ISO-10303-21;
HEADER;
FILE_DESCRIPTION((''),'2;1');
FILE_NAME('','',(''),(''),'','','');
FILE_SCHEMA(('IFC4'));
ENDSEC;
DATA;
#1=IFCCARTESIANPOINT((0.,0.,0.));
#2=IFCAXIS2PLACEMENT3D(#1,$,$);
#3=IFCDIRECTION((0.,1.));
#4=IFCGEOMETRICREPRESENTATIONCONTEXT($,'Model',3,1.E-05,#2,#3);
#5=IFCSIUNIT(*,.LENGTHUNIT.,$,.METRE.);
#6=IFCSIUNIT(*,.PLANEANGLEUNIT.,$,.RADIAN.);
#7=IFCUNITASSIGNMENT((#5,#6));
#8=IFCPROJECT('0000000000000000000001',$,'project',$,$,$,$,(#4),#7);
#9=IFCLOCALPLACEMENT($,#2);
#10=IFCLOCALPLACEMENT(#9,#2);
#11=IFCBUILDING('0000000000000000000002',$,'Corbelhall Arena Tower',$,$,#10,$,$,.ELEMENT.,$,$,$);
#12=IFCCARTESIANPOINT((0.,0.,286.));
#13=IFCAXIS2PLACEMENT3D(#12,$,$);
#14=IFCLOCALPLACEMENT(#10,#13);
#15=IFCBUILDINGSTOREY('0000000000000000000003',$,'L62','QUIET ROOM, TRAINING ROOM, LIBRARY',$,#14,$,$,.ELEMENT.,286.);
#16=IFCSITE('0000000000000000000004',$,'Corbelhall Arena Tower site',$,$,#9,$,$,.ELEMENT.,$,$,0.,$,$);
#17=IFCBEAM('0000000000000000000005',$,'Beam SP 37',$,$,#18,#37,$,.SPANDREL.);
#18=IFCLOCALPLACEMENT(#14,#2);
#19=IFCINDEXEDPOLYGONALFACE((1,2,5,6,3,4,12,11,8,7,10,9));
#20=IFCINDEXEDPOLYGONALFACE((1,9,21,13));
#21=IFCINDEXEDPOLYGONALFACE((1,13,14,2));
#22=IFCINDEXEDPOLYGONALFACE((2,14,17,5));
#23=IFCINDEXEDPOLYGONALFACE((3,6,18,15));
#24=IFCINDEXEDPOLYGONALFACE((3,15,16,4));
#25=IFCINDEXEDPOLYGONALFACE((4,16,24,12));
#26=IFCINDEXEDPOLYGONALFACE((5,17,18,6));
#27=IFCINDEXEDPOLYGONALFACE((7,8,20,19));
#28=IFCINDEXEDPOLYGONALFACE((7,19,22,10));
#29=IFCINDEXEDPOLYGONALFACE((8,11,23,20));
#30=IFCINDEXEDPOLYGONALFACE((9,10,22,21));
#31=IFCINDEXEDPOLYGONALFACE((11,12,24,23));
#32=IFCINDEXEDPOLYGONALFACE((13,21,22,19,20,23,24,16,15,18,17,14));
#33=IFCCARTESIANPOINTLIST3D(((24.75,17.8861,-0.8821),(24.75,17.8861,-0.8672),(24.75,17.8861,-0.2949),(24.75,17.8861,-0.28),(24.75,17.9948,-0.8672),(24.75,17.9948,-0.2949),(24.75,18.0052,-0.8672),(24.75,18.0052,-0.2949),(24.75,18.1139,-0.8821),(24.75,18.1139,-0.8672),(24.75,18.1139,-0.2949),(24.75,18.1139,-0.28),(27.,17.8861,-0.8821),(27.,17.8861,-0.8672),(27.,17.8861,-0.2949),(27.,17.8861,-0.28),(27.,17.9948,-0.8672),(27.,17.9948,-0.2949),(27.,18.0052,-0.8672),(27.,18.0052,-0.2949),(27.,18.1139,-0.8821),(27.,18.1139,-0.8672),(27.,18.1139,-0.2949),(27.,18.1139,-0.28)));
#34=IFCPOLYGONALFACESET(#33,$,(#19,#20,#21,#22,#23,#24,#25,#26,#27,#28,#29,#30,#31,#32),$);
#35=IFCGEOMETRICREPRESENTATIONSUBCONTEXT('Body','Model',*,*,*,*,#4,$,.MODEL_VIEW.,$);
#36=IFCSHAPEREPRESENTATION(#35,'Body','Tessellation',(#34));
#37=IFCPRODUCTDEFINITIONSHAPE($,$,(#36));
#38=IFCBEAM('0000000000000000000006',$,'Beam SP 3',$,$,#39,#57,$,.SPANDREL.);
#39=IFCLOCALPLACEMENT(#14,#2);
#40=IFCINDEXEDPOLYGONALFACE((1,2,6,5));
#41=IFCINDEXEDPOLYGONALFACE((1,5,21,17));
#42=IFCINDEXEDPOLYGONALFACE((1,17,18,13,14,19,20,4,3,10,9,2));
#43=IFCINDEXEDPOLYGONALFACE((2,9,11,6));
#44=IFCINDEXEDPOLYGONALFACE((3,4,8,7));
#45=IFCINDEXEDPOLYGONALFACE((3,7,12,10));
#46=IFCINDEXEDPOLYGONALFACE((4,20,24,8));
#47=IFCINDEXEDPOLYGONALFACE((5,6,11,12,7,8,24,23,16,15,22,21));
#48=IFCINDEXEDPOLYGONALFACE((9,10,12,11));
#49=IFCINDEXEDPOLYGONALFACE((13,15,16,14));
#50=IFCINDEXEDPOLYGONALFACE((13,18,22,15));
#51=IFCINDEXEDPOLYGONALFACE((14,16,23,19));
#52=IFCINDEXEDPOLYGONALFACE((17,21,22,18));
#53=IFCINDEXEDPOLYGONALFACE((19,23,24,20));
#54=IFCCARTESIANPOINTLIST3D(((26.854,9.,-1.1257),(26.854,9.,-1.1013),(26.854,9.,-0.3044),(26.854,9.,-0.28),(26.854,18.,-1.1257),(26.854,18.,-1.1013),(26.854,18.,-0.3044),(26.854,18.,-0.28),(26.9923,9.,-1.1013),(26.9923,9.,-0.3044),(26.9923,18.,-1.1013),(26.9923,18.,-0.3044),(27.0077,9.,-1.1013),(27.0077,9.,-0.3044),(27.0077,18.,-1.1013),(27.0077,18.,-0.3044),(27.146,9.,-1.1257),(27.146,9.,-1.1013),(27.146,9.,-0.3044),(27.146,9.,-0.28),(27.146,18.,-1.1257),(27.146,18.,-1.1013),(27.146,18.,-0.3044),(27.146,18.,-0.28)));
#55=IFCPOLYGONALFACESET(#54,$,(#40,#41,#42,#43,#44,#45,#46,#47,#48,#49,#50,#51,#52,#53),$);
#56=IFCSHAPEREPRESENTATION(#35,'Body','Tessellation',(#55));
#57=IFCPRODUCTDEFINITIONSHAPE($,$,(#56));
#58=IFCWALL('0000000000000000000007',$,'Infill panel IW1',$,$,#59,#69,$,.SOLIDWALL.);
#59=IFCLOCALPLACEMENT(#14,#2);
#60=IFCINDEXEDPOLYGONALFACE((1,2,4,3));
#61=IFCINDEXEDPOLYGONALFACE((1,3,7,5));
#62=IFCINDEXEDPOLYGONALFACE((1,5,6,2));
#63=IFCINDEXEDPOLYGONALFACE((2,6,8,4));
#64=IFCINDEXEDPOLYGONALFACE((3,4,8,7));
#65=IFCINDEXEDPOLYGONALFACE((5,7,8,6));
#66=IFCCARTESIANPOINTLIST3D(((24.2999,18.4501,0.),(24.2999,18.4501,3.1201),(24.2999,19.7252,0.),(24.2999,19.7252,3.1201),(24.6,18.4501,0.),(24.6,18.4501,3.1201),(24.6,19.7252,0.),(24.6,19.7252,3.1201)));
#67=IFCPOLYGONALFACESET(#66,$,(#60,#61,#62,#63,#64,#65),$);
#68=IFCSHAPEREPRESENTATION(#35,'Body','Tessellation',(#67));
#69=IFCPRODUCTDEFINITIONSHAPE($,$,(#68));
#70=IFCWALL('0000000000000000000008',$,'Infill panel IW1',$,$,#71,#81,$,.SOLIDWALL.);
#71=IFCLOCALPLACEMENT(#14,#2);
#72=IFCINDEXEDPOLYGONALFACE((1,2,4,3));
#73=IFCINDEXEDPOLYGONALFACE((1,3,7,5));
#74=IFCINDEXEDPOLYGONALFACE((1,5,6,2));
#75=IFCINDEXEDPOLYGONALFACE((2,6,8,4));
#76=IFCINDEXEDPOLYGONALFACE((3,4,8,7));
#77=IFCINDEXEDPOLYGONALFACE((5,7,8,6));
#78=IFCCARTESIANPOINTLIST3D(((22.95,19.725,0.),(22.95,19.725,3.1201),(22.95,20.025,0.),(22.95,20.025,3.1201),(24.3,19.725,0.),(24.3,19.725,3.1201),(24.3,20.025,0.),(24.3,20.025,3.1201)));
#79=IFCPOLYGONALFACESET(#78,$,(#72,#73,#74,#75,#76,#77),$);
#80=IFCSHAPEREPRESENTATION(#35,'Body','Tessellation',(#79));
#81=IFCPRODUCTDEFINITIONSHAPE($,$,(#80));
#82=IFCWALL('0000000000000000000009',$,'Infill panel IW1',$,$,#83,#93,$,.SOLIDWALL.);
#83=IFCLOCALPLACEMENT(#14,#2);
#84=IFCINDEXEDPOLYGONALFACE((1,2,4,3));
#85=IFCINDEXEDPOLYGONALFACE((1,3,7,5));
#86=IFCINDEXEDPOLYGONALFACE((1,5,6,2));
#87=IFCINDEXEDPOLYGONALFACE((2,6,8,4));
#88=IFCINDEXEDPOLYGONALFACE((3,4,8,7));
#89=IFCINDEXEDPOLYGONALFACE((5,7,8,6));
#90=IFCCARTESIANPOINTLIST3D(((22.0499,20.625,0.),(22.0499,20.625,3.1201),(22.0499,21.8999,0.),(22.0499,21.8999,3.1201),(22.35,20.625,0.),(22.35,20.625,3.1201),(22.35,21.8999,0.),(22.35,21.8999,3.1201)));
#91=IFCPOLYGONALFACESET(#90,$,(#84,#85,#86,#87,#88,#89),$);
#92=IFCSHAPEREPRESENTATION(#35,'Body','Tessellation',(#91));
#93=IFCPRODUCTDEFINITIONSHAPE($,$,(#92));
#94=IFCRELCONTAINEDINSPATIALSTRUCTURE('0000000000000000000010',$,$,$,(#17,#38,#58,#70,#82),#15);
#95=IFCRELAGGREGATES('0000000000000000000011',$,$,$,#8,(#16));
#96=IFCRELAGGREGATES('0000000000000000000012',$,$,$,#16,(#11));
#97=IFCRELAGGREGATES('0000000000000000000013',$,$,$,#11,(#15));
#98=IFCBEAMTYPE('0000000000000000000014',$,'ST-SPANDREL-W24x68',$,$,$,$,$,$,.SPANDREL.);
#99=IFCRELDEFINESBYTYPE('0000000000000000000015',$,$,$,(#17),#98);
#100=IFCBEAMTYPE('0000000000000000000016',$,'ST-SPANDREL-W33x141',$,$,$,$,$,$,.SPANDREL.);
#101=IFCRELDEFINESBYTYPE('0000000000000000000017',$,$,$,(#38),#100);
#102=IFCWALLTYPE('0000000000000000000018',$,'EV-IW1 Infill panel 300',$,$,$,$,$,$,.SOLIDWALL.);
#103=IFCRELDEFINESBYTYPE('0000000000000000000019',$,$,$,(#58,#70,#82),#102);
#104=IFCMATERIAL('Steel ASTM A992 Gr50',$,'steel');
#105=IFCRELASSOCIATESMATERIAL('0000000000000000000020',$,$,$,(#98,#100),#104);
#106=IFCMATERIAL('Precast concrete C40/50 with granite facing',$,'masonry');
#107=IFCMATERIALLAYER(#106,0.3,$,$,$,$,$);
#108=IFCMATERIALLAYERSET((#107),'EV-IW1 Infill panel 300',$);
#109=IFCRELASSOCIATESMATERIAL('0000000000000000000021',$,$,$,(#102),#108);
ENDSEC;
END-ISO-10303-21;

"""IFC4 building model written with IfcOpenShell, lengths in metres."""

from ifc_helpers import new_model, si_unit, direction, frame, frame_2d, origin, origin_2d, place, context, subcontext, project, spatial, rectangle, i_section, extrude, material, layer, layer_set, material_profile, profile_set, type_object, element, save


model = new_model("IFC4")

# Units and contexts
model_context = context("Model", 3, precision=1e-05, world=origin(), true_north=direction((0.0, 1.0)))
body_context = subcontext(model_context, "Body", "Model", "MODEL_VIEW")
ifc_project = project(units=[si_unit("LENGTHUNIT", "METRE"), si_unit("PLANEANGLEUNIT", "RADIAN")], contexts=[model_context])

# Site, building, storey
site_placement = place(None, origin())
site = spatial("IfcSite", under=ifc_project, at=site_placement, Name="Corbelhall Arena Tower site", CompositionType="ELEMENT", RefElevation=0.0)
building_placement = place(site_placement, origin())
building = spatial("IfcBuilding", under=site, at=building_placement, Name="Corbelhall Arena Tower", CompositionType="ELEMENT")
storey_placement = place(building_placement, frame((0.0, 0.0, 286.0)))
storey = spatial("IfcBuildingStorey", under=building, at=storey_placement, Name="L62", Description="QUIET ROOM, TRAINING ROOM, LIBRARY", CompositionType="ELEMENT", Elevation=286.0)

# Beams
ifc_material_1 = material(Name="Steel ASTM A992 Gr50", Category="steel")
ifc_material_profile_1 = material_profile(ifc_material_1, i_section(OverallWidth=0.2278, OverallDepth=0.6021, WebThickness=0.0105, FlangeThickness=0.0149, at=origin_2d()))
ifc_profile_set_1 = profile_set([ifc_material_profile_1], Name="Steel ASTM A992 Gr50")
beam_type_1 = type_object("IfcBeamType", Name="ST-SPANDREL-W24x68", PredefinedType="SPANDREL", material=ifc_profile_set_1)
beam_1_placement = place(storey_placement, frame((24.75, 18.0, -0.5811), z_axis=(1.0, 0.0, 0.0), x_axis=(0.0, 1.0, 0.0)))
element("IfcBeam", 1, at=beam_1_placement, inside=storey, type_object=beam_type_1, Name="Beam SP 37", PredefinedType="SPANDREL", context=body_context, shape_type="SweptSolid", body=[
    extrude(i_section(OverallWidth=0.2278, OverallDepth=0.6021, WebThickness=0.0105, FlangeThickness=0.0149, at=origin_2d()), origin(), (0.0, 0.0, 1.0), 2.25),
])
ifc_material_profile_2 = material_profile(ifc_material_1, i_section(OverallWidth=0.292, OverallDepth=0.8457, WebThickness=0.0154, FlangeThickness=0.0244, at=origin_2d()))
ifc_profile_set_2 = profile_set([ifc_material_profile_2], Name="Steel ASTM A992 Gr50")
beam_type_2 = type_object("IfcBeamType", Name="ST-SPANDREL-W33x141", PredefinedType="SPANDREL", material=ifc_profile_set_2)
beam_2_placement = place(storey_placement, frame((27.0, 18.0, -0.7029), z_axis=(0.0, -1.0, 0.0), x_axis=(1.0, 0.0, 0.0)))
element("IfcBeam", 2, at=beam_2_placement, inside=storey, type_object=beam_type_2, Name="Beam SP 3", PredefinedType="SPANDREL", context=body_context, shape_type="SweptSolid", body=[
    extrude(i_section(OverallWidth=0.292, OverallDepth=0.8457, WebThickness=0.0154, FlangeThickness=0.0244, at=origin_2d()), origin(), (0.0, 0.0, 1.0), 9.0),
])

# Walls
ifc_material_2 = material(Name="Precast concrete C40/50 with granite facing", Category="masonry")
ifc_layer_1 = layer(ifc_material_2, 0.3)
ifc_layer_set_1 = layer_set([ifc_layer_1], Name="EV-IW1 Infill panel 300")
wall_type_1 = type_object("IfcWallType", Name="EV-IW1 Infill panel 300", PredefinedType="SOLIDWALL", material=ifc_layer_set_1)
wall_1_placement = place(storey_placement, frame((24.45, 18.45, 0.0), z_axis=(0.0, 0.0, 1.0), x_axis=(0.0, 1.0, 0.0)))
element("IfcWall", 3, at=wall_1_placement, inside=storey, type_object=wall_type_1, Name="Infill panel IW1", PredefinedType="SOLIDWALL", context=body_context, shape_type="SweptSolid", body=[
    extrude(rectangle(XDim=1.2751, YDim=0.3, at=frame_2d((0.6377, 0.0))), origin(), (0.0, 0.0, 1.0), 3.1201),
])
wall_2_placement = place(storey_placement, frame((24.3, 19.875, 0.0), z_axis=(0.0, 0.0, 1.0), x_axis=(-1.0, 0.0, 0.0)))
element("IfcWall", 4, at=wall_2_placement, inside=storey, type_object=wall_type_1, Name="Infill panel IW1", PredefinedType="SOLIDWALL", context=body_context, shape_type="SweptSolid", body=[
    extrude(rectangle(XDim=1.3501, YDim=0.3, at=frame_2d((0.675, 0.0))), origin(), (0.0, 0.0, 1.0), 3.1201),
])
wall_3_placement = place(storey_placement, frame((22.2, 20.625, 0.0), z_axis=(0.0, 0.0, 1.0), x_axis=(0.0, 1.0, 0.0)))
element("IfcWall", 5, at=wall_3_placement, inside=storey, type_object=wall_type_1, Name="Infill panel IW1", PredefinedType="SOLIDWALL", context=body_context, shape_type="SweptSolid", body=[
    extrude(rectangle(XDim=1.2749, YDim=0.3, at=frame_2d((0.6375, 0.0))), origin(), (0.0, 0.0, 1.0), 3.1201),
])

save(model, "model.ifc")
